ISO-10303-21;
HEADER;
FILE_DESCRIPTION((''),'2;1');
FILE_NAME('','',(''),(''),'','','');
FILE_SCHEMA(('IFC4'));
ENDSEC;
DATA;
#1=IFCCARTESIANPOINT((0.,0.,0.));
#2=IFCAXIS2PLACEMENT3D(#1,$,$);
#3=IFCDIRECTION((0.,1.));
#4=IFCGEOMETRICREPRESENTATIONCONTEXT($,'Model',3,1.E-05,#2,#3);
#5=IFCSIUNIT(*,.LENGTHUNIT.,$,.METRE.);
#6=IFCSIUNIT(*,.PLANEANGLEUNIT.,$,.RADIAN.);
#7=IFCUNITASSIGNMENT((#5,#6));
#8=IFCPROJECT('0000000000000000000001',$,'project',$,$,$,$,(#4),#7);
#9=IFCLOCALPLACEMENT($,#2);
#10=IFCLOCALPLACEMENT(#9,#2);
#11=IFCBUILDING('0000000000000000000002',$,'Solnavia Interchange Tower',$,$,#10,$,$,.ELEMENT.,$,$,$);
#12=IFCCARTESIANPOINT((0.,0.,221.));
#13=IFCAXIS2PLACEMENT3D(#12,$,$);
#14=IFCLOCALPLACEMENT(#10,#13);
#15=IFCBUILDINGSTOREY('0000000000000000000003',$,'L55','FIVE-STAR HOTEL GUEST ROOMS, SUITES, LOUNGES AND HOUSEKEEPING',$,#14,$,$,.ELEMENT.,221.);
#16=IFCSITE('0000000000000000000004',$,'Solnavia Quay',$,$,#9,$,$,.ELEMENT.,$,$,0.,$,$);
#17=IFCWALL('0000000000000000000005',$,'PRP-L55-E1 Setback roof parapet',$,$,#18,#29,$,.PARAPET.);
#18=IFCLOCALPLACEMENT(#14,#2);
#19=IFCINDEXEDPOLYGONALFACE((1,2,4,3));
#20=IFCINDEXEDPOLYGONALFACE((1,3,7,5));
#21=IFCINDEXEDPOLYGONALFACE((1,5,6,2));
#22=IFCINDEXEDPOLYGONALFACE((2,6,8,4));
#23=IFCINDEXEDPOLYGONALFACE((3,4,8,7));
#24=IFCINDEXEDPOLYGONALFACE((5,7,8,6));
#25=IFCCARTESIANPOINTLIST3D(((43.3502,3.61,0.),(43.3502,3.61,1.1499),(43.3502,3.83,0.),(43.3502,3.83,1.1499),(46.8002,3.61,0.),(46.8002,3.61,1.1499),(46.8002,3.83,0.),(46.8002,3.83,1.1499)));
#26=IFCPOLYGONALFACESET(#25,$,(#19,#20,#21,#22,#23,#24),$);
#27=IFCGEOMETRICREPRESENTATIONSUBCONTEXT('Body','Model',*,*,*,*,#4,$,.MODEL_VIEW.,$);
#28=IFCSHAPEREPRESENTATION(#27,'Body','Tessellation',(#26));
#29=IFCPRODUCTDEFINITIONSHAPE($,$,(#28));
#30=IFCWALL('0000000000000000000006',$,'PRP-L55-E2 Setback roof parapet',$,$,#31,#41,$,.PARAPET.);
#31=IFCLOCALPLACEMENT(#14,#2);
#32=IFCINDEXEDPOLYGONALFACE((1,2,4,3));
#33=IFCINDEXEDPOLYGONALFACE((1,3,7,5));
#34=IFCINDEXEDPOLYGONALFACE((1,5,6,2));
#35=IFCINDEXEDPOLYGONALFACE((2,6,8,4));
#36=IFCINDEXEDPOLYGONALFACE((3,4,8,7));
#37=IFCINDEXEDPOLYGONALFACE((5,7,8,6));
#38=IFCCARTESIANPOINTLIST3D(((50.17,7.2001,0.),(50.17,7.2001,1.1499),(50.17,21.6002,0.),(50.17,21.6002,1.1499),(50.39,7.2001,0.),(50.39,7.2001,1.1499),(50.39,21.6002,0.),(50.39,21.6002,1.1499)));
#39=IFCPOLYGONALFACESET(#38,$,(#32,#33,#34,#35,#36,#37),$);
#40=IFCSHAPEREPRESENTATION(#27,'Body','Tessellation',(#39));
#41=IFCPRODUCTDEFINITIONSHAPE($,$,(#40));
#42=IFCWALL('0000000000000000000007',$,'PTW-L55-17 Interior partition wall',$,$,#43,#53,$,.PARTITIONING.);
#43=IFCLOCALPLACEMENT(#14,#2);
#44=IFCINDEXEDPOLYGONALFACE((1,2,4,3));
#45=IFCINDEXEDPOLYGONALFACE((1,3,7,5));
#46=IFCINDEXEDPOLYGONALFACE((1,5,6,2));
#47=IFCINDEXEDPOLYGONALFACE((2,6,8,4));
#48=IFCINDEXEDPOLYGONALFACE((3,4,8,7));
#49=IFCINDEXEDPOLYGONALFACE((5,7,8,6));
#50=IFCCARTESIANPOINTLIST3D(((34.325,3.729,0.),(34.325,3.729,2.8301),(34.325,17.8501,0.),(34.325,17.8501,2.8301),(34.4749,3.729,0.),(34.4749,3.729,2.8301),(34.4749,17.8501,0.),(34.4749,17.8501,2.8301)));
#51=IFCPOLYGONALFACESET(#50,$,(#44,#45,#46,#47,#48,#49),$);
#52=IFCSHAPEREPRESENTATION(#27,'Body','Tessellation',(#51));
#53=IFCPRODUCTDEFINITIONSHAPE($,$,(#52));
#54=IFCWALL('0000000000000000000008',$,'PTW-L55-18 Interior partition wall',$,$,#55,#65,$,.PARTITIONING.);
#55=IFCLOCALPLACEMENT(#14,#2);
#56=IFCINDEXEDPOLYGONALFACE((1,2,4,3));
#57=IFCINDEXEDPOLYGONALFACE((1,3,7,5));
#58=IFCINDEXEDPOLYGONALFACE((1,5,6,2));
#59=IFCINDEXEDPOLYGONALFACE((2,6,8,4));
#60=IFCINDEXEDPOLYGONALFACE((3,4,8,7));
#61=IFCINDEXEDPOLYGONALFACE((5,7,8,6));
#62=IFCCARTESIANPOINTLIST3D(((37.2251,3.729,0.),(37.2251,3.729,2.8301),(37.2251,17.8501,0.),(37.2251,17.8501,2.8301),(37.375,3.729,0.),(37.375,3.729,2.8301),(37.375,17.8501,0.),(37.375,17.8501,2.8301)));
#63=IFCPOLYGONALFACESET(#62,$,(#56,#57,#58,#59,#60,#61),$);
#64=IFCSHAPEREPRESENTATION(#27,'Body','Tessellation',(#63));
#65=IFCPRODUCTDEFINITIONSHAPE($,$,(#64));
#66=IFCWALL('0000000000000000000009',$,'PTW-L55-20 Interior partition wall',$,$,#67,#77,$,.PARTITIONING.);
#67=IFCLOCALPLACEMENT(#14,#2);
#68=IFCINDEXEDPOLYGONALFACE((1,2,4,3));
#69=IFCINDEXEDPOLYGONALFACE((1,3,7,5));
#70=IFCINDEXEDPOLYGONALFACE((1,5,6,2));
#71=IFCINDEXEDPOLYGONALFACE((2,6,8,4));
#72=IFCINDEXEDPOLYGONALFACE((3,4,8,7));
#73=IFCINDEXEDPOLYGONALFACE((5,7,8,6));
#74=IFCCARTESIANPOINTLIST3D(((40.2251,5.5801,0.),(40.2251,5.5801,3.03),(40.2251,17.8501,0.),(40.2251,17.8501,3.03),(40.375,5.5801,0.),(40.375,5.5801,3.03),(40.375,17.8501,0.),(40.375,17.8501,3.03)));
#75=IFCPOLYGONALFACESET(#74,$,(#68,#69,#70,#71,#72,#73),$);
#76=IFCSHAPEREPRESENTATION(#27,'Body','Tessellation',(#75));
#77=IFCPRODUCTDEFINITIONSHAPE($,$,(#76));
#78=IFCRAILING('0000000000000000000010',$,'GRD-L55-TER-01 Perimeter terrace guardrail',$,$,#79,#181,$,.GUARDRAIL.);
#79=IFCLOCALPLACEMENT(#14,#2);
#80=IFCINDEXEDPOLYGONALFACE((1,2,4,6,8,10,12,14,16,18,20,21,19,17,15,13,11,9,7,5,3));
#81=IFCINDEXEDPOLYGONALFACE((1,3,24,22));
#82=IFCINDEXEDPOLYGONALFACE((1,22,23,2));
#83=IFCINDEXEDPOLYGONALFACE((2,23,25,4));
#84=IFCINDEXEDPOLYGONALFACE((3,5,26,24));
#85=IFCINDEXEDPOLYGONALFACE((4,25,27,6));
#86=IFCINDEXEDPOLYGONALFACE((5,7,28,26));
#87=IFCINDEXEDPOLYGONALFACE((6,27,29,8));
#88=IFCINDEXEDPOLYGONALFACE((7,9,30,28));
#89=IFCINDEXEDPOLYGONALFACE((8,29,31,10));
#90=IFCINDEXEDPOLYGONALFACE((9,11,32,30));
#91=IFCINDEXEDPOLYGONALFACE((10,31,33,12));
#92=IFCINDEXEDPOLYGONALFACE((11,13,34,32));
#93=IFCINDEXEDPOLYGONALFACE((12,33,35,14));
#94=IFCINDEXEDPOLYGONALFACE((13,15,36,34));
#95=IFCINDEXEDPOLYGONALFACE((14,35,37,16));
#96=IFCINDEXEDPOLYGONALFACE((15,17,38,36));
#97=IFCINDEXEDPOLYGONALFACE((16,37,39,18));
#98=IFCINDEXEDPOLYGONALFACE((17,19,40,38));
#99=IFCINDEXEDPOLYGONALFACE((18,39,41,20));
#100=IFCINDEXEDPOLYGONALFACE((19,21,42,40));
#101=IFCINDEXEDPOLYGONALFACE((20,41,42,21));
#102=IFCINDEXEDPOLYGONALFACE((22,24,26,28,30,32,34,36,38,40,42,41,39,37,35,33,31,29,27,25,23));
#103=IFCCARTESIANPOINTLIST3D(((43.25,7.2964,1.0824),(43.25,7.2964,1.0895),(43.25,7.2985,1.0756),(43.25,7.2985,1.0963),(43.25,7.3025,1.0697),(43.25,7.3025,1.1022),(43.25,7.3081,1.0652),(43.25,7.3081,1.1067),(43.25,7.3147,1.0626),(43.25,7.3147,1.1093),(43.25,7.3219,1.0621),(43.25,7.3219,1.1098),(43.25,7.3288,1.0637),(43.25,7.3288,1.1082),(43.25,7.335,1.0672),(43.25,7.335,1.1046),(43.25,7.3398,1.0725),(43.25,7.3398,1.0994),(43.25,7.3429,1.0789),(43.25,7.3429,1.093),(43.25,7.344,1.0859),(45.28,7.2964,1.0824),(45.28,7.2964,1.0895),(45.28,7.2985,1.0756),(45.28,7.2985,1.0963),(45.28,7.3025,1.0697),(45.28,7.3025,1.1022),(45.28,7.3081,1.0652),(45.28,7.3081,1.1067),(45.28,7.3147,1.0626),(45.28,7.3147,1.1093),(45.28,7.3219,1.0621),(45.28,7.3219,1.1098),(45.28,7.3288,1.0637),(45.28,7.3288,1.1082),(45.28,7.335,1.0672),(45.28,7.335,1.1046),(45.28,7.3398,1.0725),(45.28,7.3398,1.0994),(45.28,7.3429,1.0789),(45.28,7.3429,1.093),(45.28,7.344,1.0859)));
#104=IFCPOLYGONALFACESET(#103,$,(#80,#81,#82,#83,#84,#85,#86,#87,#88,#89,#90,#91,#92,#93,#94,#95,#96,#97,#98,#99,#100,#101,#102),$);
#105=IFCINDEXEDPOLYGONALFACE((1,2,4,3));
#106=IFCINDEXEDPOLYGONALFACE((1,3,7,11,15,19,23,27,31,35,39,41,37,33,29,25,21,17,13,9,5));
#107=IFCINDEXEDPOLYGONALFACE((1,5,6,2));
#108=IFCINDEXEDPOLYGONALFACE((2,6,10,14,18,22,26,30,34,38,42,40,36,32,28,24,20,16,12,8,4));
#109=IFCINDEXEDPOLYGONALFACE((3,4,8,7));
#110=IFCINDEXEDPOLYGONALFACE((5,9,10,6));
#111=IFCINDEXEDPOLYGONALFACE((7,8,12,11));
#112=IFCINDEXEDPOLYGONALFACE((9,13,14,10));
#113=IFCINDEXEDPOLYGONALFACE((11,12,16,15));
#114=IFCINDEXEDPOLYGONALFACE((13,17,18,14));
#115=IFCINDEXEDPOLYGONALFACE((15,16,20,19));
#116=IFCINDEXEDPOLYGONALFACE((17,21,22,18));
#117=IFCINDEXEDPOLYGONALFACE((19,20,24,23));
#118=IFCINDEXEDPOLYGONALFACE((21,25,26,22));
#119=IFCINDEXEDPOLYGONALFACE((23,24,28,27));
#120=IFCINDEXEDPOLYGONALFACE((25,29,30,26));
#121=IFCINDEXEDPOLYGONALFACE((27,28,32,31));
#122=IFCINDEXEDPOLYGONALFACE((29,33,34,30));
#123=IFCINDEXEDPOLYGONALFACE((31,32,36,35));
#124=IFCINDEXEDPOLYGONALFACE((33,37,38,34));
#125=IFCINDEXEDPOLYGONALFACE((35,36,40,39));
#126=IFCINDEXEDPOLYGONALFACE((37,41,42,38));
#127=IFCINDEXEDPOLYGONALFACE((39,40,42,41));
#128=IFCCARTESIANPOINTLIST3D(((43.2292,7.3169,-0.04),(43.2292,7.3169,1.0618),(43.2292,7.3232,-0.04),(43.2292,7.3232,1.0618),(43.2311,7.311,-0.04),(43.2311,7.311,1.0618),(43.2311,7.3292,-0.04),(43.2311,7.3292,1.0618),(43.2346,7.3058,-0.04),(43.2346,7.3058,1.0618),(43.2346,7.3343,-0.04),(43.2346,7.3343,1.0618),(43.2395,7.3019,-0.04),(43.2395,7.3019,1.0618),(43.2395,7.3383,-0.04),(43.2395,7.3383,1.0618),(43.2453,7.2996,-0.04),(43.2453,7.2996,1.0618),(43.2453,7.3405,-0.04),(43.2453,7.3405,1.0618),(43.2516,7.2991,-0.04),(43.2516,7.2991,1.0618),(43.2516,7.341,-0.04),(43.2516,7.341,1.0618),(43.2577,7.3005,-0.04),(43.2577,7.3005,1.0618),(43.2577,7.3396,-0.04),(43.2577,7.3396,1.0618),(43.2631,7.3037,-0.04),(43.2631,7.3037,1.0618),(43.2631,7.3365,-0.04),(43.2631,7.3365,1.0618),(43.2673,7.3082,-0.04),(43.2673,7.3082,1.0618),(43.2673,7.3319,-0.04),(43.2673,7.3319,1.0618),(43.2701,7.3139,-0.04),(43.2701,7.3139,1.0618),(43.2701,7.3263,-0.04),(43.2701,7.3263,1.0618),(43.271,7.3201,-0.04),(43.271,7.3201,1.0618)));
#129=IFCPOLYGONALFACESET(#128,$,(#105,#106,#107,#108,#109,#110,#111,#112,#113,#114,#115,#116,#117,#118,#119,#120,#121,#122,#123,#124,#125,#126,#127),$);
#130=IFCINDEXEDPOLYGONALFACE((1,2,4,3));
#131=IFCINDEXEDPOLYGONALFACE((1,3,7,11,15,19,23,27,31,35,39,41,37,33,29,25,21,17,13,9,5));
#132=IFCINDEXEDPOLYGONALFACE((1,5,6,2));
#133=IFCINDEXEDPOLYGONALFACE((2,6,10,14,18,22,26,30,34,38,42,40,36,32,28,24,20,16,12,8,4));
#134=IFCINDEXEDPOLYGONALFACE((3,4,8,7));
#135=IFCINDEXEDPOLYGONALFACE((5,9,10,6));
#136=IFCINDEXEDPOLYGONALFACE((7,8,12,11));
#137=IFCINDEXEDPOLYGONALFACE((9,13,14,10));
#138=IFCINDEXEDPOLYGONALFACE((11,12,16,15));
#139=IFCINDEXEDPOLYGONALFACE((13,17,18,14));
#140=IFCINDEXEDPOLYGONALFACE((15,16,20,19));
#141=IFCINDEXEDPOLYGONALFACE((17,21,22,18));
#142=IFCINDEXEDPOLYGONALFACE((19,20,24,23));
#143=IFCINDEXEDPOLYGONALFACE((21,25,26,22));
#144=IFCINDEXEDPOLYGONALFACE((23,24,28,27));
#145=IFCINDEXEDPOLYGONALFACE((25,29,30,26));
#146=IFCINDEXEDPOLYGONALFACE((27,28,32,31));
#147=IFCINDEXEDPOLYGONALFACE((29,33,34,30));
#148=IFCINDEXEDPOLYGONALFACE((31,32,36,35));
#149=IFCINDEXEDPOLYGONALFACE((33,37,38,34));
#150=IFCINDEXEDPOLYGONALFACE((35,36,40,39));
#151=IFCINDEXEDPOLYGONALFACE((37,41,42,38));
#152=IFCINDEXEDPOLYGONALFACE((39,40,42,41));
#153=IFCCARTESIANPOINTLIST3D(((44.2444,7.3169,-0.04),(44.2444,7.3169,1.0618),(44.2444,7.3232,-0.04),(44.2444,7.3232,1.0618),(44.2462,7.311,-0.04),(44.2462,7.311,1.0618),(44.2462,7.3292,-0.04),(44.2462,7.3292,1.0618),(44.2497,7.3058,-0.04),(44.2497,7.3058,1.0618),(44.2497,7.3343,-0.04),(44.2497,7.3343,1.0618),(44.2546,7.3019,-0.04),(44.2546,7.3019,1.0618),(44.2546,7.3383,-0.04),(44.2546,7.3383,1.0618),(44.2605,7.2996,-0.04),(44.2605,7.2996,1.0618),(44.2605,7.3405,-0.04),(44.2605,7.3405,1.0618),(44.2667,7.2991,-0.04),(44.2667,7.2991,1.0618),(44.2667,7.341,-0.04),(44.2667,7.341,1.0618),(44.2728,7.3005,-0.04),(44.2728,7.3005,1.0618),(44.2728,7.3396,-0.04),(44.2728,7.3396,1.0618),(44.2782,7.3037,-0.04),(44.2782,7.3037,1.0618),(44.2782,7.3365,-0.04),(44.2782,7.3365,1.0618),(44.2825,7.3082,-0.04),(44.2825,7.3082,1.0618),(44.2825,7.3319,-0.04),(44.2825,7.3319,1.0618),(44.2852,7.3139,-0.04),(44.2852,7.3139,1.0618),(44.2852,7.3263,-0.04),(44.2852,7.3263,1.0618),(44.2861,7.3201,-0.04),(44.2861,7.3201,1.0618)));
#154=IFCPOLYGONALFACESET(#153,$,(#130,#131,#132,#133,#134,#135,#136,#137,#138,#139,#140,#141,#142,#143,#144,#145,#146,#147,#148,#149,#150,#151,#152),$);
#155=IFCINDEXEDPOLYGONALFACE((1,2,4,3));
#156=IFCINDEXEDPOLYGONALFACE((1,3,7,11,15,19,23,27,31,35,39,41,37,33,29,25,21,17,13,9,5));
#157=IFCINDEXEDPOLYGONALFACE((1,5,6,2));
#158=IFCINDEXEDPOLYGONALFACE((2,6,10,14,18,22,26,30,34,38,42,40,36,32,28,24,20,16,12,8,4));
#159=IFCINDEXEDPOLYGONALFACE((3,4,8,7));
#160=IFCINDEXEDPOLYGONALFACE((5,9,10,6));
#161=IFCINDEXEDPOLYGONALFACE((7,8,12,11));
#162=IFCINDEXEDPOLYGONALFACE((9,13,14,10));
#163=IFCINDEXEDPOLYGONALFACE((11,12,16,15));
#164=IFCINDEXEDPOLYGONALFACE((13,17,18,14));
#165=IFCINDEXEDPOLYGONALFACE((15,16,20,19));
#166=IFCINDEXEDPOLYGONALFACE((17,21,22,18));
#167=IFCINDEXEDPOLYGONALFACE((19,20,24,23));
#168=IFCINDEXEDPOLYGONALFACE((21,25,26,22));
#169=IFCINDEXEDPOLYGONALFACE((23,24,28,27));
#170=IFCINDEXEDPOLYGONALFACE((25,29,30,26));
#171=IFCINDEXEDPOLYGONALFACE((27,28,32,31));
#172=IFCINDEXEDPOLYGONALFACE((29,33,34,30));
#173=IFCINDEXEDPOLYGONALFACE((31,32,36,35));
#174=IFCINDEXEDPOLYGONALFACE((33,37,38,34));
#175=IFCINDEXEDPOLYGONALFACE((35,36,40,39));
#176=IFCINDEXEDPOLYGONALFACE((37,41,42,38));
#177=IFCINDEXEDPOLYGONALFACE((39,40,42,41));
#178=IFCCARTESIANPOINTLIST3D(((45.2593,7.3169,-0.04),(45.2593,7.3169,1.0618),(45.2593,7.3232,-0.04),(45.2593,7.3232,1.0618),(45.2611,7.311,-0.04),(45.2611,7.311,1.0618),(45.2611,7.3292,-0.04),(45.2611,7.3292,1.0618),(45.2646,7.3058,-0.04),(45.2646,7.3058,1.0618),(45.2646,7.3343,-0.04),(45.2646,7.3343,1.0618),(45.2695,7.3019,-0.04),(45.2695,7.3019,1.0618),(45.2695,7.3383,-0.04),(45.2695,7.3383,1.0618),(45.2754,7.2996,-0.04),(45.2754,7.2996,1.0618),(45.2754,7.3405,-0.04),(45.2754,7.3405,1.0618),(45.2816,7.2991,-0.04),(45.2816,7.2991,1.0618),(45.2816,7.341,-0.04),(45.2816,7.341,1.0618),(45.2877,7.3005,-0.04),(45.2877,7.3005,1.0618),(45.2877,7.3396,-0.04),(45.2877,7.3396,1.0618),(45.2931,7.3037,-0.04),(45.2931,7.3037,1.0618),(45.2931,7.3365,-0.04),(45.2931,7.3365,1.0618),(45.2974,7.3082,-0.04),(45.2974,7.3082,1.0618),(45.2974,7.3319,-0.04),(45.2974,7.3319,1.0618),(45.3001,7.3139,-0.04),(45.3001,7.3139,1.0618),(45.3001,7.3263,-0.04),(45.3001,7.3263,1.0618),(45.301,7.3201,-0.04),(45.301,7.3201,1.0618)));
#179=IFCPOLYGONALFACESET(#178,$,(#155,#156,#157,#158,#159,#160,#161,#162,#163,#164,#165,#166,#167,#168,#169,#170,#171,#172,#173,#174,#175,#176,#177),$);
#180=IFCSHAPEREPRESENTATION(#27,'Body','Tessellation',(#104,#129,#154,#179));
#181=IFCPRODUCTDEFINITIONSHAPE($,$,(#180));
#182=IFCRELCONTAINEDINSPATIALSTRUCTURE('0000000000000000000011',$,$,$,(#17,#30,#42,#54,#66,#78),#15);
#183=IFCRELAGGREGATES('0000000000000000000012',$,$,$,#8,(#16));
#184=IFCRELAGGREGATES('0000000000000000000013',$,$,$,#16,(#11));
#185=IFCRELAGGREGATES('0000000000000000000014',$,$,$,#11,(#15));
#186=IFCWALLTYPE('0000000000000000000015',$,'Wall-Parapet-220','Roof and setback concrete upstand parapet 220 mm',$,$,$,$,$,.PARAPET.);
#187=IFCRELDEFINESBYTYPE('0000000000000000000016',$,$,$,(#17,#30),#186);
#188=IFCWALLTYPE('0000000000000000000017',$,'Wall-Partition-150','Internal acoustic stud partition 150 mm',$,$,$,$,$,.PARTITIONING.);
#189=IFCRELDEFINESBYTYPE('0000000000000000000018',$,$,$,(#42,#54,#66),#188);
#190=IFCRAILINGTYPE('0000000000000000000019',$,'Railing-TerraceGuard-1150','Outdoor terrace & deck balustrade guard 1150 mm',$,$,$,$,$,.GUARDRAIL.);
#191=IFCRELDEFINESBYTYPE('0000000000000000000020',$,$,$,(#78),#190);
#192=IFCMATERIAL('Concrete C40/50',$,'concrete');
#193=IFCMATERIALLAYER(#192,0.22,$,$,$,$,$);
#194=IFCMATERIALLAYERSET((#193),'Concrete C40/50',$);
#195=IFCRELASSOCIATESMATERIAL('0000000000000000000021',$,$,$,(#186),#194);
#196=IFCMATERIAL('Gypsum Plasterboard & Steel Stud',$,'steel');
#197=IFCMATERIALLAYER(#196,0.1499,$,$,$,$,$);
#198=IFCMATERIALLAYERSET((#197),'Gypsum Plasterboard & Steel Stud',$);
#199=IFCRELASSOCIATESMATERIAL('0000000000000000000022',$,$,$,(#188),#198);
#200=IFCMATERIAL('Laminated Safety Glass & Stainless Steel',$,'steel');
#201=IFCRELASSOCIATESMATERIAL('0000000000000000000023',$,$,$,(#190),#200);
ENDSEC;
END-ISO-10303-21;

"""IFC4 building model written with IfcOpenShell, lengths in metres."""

from ifc_helpers import new_model, si_unit, direction, frame, frame_2d, origin, origin_2d, place, context, subcontext, project, spatial, rectangle, circle, extrude, material, layer, layer_set, type_object, element, save


model = new_model("IFC4")

# Units and contexts
model_context = context("Model", 3, precision=1e-05, world=origin(), true_north=direction((0.0, 1.0)))
body_context = subcontext(model_context, "Body", "Model", "MODEL_VIEW")
ifc_project = project(units=[si_unit("LENGTHUNIT", "METRE"), si_unit("PLANEANGLEUNIT", "RADIAN")], contexts=[model_context])

# Site, building, storey
site_placement = place(None, origin())
site = spatial("IfcSite", under=ifc_project, at=site_placement, Name="Solnavia Quay", CompositionType="ELEMENT", RefElevation=0.0)
building_placement = place(site_placement, origin())
building = spatial("IfcBuilding", under=site, at=building_placement, Name="Solnavia Interchange Tower", CompositionType="ELEMENT")
storey_placement = place(building_placement, frame((0.0, 0.0, 221.0)))
storey = spatial("IfcBuildingStorey", under=building, at=storey_placement, Name="L55", Description="FIVE-STAR HOTEL GUEST ROOMS, SUITES, LOUNGES AND HOUSEKEEPING", CompositionType="ELEMENT", Elevation=221.0)

# Shared definitions
ifc_material_1 = material(Name="Concrete C40/50", Category="concrete")

# Walls
ifc_layer_1 = layer(ifc_material_1, 0.22)
ifc_layer_set_1 = layer_set([ifc_layer_1], Name="Concrete C40/50")
wall_type_1 = type_object("IfcWallType", Name="Wall-Parapet-220", Description="Roof and setback concrete upstand parapet 220 mm", PredefinedType="PARAPET", material=ifc_layer_set_1)
wall_1_placement = place(storey_placement, frame((43.3501, 3.72, 0.0), z_axis=(0.0, 0.0, 1.0), x_axis=(1.0, 0.0, 0.0)))
element("IfcWall", 1, at=wall_1_placement, inside=storey, type_object=wall_type_1, Name="PRP-L55-E1 Setback roof parapet", PredefinedType="PARAPET", context=body_context, shape_type="SweptSolid", body=[
    extrude(rectangle(XDim=3.45, YDim=0.22, at=frame_2d((1.7251, 0.0))), origin(), (0.0, 0.0, 1.0), 1.1499),
])
wall_2_placement = place(storey_placement, frame((50.28, 7.2, 0.0), z_axis=(0.0, 0.0, 1.0), x_axis=(0.0, 1.0, 0.0)))
element("IfcWall", 2, at=wall_2_placement, inside=storey, type_object=wall_type_1, Name="PRP-L55-E2 Setback roof parapet", PredefinedType="PARAPET", context=body_context, shape_type="SweptSolid", body=[
    extrude(rectangle(XDim=14.4001, YDim=0.22, at=frame_2d((7.2002, 0.0))), origin(), (0.0, 0.0, 1.0), 1.1499),
])
ifc_material_2 = material(Name="Gypsum Plasterboard & Steel Stud", Category="steel")
ifc_layer_2 = layer(ifc_material_2, 0.1499)
ifc_layer_set_2 = layer_set([ifc_layer_2], Name="Gypsum Plasterboard & Steel Stud")
wall_type_2 = type_object("IfcWallType", Name="Wall-Partition-150", Description="Internal acoustic stud partition 150 mm", PredefinedType="PARTITIONING", material=ifc_layer_set_2)
for number, where, z_axis, x_axis, name in (
    (3, (34.3999, 3.729, 0.0), (0.0, 0.0, 1.0), (0.0, 1.0, 0.0), "PTW-L55-17 Interior partition wall"),
    (4, (37.3, 3.729, 0.0), (0.0, 0.0, 1.0), (0.0, 1.0, 0.0), "PTW-L55-18 Interior partition wall"),
):
    element("IfcWall", number, at=place(storey_placement, frame(where, z_axis=z_axis, x_axis=x_axis)), inside=storey, type_object=wall_type_2, Name=name, PredefinedType="PARTITIONING", context=body_context, shape_type="SweptSolid", body=[
        extrude(rectangle(XDim=14.1211, YDim=0.1499, at=frame_2d((7.0605, 0.0))), origin(), (0.0, 0.0, 1.0), 2.8301),
    ])
wall_3_placement = place(storey_placement, frame((40.3, 5.5801, 0.0), z_axis=(0.0, 0.0, 1.0), x_axis=(0.0, 1.0, 0.0)))
element("IfcWall", 5, at=wall_3_placement, inside=storey, type_object=wall_type_2, Name="PTW-L55-20 Interior partition wall", PredefinedType="PARTITIONING", context=body_context, shape_type="SweptSolid", body=[
    extrude(rectangle(XDim=12.27, YDim=0.1499, at=frame_2d((6.135, 0.0))), origin(), (0.0, 0.0, 1.0), 3.03),
])

# Railing
ifc_material_3 = material(Name="Laminated Safety Glass & Stainless Steel", Category="steel")
railing_type = type_object("IfcRailingType", Name="Railing-TerraceGuard-1150", Description="Outdoor terrace & deck balustrade guard 1150 mm", PredefinedType="GUARDRAIL", material=ifc_material_3)
railing_1_placement = place(storey_placement, frame((43.25, 7.3201, -0.04)))
element("IfcRailing", 6, at=railing_1_placement, inside=storey, type_object=railing_type, Name="GRD-L55-TER-01 Perimeter terrace guardrail", PredefinedType="GUARDRAIL", context=body_context, shape_type="SweptSolid", body=[
    extrude(circle(Radius=0.0239, at=origin_2d()), frame((0.0, 0.0, 1.126), z_axis=(1.0, 0.0, 0.0), x_axis=(0.0, 1.0, 0.0)), (0.0, 0.0, 1.0), 2.03),
    extrude(circle(Radius=0.021, at=origin_2d()), origin(), (0.0, 0.0, 1.0), 1.1018),
    extrude(circle(Radius=0.021, at=origin_2d()), frame((1.0151, 0.0, 0.0)), (0.0, 0.0, 1.0), 1.1018),
    extrude(circle(Radius=0.021, at=origin_2d()), frame((2.03, 0.0, 0.0)), (0.0, 0.0, 1.0), 1.1018),
])

save(model, "model.ifc")
